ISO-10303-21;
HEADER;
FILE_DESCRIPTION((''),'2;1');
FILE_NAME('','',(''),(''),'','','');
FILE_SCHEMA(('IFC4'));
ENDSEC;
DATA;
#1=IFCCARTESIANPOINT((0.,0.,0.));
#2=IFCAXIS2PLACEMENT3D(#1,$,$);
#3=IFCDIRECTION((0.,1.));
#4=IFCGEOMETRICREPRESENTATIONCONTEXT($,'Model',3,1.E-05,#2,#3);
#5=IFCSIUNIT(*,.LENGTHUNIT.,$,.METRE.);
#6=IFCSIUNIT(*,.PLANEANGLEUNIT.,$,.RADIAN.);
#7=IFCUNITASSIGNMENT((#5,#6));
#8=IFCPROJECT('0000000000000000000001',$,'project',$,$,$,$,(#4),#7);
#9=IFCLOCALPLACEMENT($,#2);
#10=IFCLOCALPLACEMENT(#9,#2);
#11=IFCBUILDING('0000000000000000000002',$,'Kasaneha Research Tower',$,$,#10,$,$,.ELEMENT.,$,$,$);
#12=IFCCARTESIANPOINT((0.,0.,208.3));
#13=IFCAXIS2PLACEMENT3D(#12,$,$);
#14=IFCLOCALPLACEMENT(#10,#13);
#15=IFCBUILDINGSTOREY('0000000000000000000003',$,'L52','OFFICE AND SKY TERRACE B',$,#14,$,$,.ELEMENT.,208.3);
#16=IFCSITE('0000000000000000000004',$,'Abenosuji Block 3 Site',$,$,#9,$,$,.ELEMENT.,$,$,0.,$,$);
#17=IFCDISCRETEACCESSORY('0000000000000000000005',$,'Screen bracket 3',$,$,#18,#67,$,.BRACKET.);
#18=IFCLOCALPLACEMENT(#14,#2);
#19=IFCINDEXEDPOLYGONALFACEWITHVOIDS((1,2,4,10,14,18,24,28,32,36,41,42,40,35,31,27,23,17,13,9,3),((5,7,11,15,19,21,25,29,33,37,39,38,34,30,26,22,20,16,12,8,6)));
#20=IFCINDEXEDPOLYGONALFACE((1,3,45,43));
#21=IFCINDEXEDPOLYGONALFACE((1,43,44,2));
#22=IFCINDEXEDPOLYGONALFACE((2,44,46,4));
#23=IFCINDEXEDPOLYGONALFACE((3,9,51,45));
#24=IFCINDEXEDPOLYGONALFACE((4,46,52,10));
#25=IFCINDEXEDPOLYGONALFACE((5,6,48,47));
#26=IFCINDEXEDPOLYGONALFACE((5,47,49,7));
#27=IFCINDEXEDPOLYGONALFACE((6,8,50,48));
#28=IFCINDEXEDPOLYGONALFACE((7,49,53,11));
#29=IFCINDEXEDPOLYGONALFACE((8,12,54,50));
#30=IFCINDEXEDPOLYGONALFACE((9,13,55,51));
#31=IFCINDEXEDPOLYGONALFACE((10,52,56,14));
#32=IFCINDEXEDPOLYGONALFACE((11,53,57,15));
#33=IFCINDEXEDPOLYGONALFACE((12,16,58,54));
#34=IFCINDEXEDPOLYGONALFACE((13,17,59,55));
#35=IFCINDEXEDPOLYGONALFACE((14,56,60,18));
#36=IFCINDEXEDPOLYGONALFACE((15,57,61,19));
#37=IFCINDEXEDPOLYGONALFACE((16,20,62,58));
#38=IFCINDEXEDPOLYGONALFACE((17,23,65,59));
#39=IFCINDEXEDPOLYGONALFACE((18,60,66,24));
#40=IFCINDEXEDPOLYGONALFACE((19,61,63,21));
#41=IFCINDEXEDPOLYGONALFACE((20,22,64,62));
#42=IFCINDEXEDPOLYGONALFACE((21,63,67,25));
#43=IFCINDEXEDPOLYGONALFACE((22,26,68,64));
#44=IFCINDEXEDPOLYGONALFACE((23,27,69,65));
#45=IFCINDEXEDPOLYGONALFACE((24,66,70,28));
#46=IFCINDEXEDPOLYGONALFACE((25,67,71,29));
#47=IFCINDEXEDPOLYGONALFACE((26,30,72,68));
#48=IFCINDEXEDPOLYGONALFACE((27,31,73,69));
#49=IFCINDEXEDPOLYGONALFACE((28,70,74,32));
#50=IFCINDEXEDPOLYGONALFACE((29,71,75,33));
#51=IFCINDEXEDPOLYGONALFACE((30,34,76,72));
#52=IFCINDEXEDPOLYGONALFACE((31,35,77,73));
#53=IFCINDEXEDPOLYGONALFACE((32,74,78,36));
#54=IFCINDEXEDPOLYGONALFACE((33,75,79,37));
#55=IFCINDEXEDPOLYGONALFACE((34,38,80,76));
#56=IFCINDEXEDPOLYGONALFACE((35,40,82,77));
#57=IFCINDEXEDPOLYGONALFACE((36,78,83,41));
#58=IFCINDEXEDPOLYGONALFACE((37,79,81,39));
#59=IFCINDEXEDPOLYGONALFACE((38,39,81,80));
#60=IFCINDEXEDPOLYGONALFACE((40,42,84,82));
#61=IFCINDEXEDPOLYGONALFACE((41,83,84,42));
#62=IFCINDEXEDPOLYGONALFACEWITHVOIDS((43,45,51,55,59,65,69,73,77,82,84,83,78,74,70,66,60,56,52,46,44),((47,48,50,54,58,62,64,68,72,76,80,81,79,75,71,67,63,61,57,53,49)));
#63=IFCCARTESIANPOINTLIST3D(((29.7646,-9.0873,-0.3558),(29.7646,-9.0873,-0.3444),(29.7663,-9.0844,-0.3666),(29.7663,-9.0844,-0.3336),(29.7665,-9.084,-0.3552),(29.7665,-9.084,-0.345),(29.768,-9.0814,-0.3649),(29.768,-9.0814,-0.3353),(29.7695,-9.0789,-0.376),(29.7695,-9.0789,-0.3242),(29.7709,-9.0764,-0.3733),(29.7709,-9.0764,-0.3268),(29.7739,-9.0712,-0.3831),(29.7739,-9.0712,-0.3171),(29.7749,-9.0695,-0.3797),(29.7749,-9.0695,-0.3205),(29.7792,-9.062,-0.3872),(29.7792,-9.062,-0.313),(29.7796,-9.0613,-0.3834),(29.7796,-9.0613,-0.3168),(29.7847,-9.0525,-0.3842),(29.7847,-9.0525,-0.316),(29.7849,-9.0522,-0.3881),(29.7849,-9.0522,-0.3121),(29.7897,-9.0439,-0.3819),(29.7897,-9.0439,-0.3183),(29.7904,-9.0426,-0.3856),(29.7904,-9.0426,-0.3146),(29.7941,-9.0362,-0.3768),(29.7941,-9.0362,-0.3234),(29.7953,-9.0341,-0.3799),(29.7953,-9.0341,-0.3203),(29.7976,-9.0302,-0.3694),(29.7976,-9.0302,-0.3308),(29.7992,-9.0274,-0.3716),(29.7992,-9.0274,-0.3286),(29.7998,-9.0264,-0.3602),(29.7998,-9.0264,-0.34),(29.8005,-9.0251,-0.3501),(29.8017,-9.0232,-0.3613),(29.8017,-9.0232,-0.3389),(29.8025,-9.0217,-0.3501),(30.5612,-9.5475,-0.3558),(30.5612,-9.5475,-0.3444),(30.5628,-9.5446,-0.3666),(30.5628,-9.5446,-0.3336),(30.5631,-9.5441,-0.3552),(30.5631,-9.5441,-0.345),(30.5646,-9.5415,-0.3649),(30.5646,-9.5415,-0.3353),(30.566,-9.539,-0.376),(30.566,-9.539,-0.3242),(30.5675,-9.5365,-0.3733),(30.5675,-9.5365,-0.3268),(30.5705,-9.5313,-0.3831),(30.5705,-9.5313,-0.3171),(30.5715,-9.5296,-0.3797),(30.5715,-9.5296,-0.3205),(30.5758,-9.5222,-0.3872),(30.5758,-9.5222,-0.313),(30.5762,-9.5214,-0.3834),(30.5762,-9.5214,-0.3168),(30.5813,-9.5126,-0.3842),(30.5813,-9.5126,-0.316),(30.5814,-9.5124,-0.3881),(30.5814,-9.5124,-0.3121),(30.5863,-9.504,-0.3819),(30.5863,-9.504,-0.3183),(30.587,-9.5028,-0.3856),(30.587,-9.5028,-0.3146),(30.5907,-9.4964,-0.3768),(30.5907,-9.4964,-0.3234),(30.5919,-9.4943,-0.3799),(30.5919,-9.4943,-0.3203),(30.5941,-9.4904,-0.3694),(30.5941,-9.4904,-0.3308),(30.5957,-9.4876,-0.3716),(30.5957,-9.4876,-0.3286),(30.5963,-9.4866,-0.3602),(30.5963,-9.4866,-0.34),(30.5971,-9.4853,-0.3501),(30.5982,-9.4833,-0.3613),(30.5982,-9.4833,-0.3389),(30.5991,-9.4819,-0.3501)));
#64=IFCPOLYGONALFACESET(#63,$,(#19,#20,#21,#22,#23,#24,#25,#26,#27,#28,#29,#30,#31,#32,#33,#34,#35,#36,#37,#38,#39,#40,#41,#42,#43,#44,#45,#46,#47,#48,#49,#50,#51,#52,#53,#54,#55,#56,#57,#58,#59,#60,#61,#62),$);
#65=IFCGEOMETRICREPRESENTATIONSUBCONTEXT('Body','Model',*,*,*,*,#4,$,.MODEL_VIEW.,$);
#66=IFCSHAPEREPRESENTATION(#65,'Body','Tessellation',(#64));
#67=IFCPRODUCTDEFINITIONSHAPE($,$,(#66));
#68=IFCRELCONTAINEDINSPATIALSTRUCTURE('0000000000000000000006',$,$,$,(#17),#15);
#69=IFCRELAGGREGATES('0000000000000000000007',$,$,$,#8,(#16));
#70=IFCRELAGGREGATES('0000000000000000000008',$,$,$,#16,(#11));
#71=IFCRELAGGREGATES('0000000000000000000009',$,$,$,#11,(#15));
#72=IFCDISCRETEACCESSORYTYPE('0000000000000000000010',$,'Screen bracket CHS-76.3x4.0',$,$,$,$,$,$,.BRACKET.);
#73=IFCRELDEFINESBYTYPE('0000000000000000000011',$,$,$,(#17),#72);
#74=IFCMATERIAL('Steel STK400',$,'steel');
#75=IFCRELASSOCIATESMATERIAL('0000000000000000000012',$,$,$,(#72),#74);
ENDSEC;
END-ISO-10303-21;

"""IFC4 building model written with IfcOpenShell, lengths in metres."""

from ifc_helpers import new_model, si_unit, direction, frame, origin, origin_2d, place, context, subcontext, project, spatial, hollow_circle, extrude, material, material_profile, profile_set, type_object, element, save


model = new_model("IFC4")

# Units and contexts
model_context = context("Model", 3, precision=1e-05, world=origin(), true_north=direction((0.0, 1.0)))
body_context = subcontext(model_context, "Body", "Model", "MODEL_VIEW")
ifc_project = project(units=[si_unit("LENGTHUNIT", "METRE"), si_unit("PLANEANGLEUNIT", "RADIAN")], contexts=[model_context])

# Site, building, storey
site_placement = place(None, origin())
site = spatial("IfcSite", under=ifc_project, at=site_placement, Name="Abenosuji Block 3 Site", CompositionType="ELEMENT", RefElevation=0.0)
building_placement = place(site_placement, origin())
building = spatial("IfcBuilding", under=site, at=building_placement, Name="Kasaneha Research Tower", CompositionType="ELEMENT")
storey_placement = place(building_placement, frame((0.0, 0.0, 208.3)))
storey = spatial("IfcBuildingStorey", under=building, at=storey_placement, Name="L52", Description="OFFICE AND SKY TERRACE B", CompositionType="ELEMENT", Elevation=208.3)

# Discrete accessory
ifc_material_1 = material(Name="Steel STK400", Category="steel")
ifc_material_profile_1 = material_profile(ifc_material_1, hollow_circle(Radius=0.0381, WallThickness=0.0039, at=origin_2d()), Name="CHS-76.3x4.0")
ifc_profile_set_1 = profile_set([ifc_material_profile_1], Name="Steel STK400")
discrete_accessory_type = type_object("IfcDiscreteAccessoryType", Name="Screen bracket CHS-76.3x4.0", PredefinedType="BRACKET", material=ifc_profile_set_1)
for number, where, z_axis, x_axis, name in (
    (1, (29.7834, -9.0547, -0.3501), (0.865898, -0.50022, 0.0), (0.50022, 0.865898, 0.0), "Screen bracket 3"),
):
    element("IfcDiscreteAccessory", number, at=place(storey_placement, frame(where, z_axis=z_axis, x_axis=x_axis)), inside=storey, type_object=discrete_accessory_type, Name=name, PredefinedType="BRACKET", context=body_context, shape_type="SweptSolid", body=[
        extrude(hollow_circle(Radius=0.0381, WallThickness=0.0039, at=origin_2d()), origin(), (0.0, 0.0, 1.0), 0.9199),
    ])

save(model, "model.ifc")
